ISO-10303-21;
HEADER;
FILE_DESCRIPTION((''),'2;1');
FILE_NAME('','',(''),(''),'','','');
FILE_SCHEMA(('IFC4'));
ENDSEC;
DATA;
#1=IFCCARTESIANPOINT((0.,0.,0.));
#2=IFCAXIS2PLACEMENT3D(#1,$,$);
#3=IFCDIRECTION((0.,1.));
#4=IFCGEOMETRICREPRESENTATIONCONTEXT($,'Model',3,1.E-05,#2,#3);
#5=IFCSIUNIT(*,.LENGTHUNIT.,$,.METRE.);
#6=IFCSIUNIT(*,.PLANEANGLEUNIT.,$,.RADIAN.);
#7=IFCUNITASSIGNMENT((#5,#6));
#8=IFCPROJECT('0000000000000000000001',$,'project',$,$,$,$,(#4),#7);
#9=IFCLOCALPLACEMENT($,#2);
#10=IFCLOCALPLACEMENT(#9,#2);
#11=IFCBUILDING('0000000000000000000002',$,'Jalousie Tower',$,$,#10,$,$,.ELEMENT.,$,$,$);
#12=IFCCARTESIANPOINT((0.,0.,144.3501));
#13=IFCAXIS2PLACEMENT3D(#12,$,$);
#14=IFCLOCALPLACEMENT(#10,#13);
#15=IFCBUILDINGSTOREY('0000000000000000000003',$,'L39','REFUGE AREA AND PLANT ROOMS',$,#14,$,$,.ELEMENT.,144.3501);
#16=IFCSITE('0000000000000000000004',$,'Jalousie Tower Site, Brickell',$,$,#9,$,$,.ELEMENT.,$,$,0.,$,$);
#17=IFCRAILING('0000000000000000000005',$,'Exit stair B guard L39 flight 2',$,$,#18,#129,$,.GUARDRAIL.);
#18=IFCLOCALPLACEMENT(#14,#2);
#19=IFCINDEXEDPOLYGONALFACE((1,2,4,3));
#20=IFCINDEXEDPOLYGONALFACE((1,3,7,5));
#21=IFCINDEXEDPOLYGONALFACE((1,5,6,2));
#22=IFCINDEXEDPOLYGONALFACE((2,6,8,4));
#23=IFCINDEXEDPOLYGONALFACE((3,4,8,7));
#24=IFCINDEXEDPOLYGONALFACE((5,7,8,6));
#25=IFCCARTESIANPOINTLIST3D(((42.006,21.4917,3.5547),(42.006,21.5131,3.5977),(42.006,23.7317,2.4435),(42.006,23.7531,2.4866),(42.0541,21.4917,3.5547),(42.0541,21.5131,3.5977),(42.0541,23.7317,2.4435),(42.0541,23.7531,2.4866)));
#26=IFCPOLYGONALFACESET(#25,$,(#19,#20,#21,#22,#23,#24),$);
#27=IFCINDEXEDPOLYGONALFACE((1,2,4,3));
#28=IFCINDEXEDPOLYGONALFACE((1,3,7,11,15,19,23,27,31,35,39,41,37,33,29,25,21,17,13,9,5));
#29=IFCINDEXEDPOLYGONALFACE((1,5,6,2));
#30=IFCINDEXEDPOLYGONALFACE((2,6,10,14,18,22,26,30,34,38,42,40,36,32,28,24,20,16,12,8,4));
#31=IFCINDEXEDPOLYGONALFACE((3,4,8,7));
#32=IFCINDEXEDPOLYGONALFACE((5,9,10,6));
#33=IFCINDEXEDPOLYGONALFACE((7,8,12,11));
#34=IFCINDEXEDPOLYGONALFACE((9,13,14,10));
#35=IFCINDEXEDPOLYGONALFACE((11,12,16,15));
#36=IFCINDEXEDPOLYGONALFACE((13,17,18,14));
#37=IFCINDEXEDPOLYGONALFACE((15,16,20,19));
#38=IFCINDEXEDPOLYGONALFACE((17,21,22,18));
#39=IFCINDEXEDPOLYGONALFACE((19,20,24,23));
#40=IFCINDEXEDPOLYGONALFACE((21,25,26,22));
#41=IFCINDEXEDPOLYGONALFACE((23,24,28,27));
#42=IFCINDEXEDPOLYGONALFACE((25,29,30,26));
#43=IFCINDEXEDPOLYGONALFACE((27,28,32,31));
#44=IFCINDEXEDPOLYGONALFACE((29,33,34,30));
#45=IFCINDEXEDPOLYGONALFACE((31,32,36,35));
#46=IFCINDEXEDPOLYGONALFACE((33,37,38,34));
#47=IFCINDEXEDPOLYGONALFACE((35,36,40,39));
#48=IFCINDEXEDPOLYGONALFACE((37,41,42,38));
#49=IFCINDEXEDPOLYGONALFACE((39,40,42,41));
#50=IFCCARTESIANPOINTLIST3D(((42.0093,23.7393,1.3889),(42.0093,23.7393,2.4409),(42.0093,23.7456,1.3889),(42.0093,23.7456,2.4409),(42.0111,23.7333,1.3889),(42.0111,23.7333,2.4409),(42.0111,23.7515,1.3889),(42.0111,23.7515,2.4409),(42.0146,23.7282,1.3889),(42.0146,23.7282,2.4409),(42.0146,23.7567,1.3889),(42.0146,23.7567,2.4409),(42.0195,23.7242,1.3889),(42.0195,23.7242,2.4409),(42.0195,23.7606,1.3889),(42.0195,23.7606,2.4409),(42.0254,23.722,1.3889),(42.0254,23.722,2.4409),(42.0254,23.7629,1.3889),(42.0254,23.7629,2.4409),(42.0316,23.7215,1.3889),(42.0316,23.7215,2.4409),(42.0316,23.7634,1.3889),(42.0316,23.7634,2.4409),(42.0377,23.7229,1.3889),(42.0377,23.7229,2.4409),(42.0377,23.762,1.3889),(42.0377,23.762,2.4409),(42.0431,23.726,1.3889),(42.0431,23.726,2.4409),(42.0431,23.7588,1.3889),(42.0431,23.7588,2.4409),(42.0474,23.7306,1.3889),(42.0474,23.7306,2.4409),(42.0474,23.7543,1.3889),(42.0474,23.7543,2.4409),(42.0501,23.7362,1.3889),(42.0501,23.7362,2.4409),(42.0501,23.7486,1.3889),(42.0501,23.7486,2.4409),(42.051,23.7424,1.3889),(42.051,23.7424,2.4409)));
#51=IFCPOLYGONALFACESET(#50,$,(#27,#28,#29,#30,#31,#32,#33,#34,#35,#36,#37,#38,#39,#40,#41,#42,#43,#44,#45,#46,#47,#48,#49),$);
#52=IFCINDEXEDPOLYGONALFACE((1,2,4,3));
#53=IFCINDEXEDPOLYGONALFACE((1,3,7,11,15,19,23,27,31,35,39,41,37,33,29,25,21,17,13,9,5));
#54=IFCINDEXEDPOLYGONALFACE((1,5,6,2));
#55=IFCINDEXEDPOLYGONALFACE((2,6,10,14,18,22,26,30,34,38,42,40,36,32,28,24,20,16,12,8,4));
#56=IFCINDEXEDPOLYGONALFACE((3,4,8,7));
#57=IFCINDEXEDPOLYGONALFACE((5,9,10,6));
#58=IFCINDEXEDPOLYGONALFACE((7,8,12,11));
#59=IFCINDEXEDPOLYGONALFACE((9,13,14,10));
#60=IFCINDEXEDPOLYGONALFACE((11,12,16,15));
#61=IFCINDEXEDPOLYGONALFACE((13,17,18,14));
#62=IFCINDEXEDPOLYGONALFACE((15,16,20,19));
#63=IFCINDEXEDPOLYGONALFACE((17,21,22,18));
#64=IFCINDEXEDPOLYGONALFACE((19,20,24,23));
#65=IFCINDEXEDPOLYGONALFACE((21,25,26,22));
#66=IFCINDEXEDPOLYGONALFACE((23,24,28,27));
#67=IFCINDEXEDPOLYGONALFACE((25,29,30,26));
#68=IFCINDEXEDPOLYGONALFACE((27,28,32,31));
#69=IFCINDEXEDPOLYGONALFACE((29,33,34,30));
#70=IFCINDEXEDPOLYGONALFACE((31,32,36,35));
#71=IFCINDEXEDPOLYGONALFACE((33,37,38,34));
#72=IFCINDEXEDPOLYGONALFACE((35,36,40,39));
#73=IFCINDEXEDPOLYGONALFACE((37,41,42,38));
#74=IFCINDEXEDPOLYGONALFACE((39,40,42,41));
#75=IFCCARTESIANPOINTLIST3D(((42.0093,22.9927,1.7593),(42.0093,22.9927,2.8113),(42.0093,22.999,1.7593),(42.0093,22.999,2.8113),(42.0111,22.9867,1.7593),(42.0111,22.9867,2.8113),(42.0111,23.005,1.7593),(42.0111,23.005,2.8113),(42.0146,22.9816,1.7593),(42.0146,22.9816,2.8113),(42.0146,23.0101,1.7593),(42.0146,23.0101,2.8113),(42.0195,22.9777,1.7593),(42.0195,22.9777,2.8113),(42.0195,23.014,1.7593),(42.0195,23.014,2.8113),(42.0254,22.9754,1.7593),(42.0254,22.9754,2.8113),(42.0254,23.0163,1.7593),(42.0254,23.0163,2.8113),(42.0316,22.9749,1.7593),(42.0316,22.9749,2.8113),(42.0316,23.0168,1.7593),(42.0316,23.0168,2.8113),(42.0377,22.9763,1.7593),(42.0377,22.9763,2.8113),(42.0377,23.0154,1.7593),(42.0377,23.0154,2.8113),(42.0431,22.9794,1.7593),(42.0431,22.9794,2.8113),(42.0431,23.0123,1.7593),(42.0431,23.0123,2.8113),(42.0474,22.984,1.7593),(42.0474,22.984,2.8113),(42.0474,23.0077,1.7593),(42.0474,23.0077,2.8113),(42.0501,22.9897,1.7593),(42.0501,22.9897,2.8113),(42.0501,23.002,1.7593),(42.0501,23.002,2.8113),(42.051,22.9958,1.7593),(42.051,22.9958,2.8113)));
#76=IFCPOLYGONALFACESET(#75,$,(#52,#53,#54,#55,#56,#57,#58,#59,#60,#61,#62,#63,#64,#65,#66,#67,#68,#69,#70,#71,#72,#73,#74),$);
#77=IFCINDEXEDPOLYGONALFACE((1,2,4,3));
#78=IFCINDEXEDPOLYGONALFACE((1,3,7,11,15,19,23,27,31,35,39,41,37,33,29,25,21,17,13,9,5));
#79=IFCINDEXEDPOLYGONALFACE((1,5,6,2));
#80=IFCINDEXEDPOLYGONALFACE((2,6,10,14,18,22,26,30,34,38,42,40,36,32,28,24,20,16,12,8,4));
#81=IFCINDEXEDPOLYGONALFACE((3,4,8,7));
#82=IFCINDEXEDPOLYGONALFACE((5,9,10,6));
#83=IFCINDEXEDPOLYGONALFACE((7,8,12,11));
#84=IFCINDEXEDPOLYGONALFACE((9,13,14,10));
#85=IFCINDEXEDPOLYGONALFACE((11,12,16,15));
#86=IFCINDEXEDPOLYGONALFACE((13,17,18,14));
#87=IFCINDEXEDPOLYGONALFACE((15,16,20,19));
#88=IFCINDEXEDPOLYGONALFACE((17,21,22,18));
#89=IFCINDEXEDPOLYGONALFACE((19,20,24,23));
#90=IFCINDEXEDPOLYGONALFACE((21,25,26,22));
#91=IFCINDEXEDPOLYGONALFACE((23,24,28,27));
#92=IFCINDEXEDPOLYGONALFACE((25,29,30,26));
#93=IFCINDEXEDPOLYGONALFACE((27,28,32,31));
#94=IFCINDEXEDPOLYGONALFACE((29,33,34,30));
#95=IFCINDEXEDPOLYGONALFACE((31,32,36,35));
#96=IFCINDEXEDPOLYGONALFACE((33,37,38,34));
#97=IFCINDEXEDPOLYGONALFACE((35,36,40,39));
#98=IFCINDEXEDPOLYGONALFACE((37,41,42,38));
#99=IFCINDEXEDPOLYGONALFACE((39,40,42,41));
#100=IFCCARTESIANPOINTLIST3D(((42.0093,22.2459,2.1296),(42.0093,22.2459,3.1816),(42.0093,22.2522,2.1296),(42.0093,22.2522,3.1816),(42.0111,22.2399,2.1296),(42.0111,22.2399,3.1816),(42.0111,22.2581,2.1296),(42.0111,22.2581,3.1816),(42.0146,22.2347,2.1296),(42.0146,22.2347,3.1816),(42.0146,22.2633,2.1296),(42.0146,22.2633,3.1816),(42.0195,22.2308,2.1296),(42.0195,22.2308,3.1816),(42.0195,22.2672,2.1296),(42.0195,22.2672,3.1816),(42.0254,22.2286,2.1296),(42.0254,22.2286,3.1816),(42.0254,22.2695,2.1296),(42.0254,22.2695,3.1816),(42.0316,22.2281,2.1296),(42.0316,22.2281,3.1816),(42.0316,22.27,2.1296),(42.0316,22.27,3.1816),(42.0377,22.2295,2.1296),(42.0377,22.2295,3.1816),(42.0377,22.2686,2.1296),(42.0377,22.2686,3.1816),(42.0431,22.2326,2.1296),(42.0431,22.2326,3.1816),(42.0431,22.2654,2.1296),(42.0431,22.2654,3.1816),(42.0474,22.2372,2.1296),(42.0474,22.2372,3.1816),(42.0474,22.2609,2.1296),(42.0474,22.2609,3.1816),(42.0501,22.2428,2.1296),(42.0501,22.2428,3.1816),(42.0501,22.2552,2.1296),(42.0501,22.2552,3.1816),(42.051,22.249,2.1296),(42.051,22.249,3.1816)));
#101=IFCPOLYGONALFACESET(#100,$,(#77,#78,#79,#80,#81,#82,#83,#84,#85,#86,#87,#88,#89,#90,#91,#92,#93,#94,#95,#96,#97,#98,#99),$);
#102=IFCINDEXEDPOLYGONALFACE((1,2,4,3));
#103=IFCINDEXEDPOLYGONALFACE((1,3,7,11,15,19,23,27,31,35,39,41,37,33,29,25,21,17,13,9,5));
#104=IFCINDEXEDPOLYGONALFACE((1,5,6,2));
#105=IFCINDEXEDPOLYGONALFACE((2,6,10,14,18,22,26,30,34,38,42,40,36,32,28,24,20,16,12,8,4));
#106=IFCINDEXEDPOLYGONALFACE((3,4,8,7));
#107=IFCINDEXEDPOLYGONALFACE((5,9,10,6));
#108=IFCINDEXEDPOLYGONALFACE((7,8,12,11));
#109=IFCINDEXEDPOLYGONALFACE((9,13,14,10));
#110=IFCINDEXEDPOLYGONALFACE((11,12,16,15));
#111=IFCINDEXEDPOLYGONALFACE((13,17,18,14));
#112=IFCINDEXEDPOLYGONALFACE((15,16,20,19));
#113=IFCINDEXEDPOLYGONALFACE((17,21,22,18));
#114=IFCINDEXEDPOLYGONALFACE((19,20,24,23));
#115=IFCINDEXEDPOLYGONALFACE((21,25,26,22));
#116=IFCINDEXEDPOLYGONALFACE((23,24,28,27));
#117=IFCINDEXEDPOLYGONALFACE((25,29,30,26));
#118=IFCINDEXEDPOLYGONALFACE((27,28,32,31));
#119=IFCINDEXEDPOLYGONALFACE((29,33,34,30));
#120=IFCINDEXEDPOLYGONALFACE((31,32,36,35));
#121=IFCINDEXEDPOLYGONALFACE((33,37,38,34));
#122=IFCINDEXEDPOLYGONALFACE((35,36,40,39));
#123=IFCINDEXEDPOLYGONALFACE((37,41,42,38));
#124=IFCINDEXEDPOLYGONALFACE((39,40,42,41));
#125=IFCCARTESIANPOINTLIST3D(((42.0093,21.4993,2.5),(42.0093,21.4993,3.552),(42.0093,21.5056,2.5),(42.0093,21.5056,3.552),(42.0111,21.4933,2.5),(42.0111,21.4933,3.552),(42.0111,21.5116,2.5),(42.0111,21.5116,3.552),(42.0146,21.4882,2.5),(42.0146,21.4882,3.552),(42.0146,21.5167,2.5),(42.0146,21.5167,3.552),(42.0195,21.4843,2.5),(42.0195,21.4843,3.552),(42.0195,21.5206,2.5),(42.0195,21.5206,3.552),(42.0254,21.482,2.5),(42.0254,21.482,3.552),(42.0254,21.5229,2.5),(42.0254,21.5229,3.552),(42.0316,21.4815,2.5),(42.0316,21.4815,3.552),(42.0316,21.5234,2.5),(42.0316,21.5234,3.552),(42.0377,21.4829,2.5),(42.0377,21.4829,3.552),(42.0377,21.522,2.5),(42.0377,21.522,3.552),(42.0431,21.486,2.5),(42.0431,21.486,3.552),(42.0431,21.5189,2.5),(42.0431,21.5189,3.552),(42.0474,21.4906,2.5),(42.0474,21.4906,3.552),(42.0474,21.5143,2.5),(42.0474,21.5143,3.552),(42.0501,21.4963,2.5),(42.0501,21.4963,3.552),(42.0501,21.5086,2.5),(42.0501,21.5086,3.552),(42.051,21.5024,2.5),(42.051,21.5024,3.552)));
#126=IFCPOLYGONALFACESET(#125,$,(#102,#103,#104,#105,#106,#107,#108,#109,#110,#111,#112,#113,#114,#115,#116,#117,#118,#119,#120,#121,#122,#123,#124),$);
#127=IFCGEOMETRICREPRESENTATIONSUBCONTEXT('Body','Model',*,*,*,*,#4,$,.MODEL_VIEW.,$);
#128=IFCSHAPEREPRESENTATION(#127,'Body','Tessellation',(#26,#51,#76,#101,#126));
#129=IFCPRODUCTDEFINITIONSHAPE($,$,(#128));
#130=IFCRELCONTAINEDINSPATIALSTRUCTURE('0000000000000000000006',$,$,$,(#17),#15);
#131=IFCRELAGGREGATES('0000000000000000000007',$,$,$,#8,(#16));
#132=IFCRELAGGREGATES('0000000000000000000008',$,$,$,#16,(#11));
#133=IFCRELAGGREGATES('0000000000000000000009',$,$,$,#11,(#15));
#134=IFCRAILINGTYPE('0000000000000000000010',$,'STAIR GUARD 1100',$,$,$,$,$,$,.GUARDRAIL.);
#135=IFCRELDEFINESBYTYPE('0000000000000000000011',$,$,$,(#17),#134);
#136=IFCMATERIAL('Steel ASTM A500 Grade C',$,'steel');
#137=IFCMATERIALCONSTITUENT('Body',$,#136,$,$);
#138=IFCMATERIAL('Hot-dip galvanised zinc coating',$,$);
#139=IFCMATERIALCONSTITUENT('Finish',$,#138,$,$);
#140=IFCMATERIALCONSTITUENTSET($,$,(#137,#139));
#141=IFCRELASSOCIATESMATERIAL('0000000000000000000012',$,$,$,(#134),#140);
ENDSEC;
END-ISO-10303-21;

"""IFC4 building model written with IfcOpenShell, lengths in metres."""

from ifc_helpers import new_model, si_unit, direction, frame, origin, origin_2d, place, context, subcontext, project, spatial, rectangle, circle, extrude, material, constituent, constituent_set, type_object, element, save


model = new_model("IFC4")

# Units and contexts
model_context = context("Model", 3, precision=1e-05, world=origin(), true_north=direction((0.0, 1.0)))
body_context = subcontext(model_context, "Body", "Model", "MODEL_VIEW")
ifc_project = project(units=[si_unit("LENGTHUNIT", "METRE"), si_unit("PLANEANGLEUNIT", "RADIAN")], contexts=[model_context])

# Site, building, storey
site_placement = place(None, origin())
site = spatial("IfcSite", under=ifc_project, at=site_placement, Name="Jalousie Tower Site, Brickell", CompositionType="ELEMENT", RefElevation=0.0)
building_placement = place(site_placement, origin())
building = spatial("IfcBuilding", under=site, at=building_placement, Name="Jalousie Tower", CompositionType="ELEMENT")
storey_placement = place(building_placement, frame((0.0, 0.0, 144.3501)))
storey = spatial("IfcBuildingStorey", under=building, at=storey_placement, Name="L39", Description="REFUGE AREA AND PLANT ROOMS", CompositionType="ELEMENT", Elevation=144.3501)

# Railing
ifc_material_1 = material(Name="Steel ASTM A500 Grade C", Category="steel")
ifc_constituent_1 = constituent(ifc_material_1, Name="Body")
ifc_material_2 = material(Name="Hot-dip galvanised zinc coating")
ifc_constituent_2 = constituent(ifc_material_2, Name="Finish")
ifc_constituent_set_1 = constituent_set(constituents=[ifc_constituent_1, ifc_constituent_2])
railing_type_1 = type_object("IfcRailingType", Name="STAIR GUARD 1100", PredefinedType="GUARDRAIL", material=ifc_constituent_set_1)
railing_1_placement = place(storey_placement, frame((42.03, 23.7424, 1.3889)))
element("IfcRailing", 1, at=railing_1_placement, inside=storey, type_object=railing_type_1, Name="Exit stair B guard L39 flight 2", PredefinedType="GUARDRAIL", context=body_context, shape_type="SweptSolid", body=[
    extrude(rectangle(XDim=0.0481, YDim=0.0481, at=origin_2d()), frame((0.0, 0.0, 1.0762), z_axis=(0.0, -0.895848, 0.44436), x_axis=(1.0, 0.0, 0.0)), (0.0, 0.0, 1.0), 2.5005),
    extrude(circle(Radius=0.021, at=origin_2d()), origin(), (0.0, 0.0, 1.0), 1.052),
    extrude(circle(Radius=0.021, at=origin_2d()), frame((0.0, -0.7466, 0.3704)), (0.0, 0.0, 1.0), 1.052),
    extrude(circle(Radius=0.021, at=origin_2d()), frame((0.0, -1.4934, 0.7407)), (0.0, 0.0, 1.0), 1.052),
    extrude(circle(Radius=0.021, at=origin_2d()), frame((0.0, -2.24, 1.1111)), (0.0, 0.0, 1.0), 1.052),
])

save(model, "model.ifc")
